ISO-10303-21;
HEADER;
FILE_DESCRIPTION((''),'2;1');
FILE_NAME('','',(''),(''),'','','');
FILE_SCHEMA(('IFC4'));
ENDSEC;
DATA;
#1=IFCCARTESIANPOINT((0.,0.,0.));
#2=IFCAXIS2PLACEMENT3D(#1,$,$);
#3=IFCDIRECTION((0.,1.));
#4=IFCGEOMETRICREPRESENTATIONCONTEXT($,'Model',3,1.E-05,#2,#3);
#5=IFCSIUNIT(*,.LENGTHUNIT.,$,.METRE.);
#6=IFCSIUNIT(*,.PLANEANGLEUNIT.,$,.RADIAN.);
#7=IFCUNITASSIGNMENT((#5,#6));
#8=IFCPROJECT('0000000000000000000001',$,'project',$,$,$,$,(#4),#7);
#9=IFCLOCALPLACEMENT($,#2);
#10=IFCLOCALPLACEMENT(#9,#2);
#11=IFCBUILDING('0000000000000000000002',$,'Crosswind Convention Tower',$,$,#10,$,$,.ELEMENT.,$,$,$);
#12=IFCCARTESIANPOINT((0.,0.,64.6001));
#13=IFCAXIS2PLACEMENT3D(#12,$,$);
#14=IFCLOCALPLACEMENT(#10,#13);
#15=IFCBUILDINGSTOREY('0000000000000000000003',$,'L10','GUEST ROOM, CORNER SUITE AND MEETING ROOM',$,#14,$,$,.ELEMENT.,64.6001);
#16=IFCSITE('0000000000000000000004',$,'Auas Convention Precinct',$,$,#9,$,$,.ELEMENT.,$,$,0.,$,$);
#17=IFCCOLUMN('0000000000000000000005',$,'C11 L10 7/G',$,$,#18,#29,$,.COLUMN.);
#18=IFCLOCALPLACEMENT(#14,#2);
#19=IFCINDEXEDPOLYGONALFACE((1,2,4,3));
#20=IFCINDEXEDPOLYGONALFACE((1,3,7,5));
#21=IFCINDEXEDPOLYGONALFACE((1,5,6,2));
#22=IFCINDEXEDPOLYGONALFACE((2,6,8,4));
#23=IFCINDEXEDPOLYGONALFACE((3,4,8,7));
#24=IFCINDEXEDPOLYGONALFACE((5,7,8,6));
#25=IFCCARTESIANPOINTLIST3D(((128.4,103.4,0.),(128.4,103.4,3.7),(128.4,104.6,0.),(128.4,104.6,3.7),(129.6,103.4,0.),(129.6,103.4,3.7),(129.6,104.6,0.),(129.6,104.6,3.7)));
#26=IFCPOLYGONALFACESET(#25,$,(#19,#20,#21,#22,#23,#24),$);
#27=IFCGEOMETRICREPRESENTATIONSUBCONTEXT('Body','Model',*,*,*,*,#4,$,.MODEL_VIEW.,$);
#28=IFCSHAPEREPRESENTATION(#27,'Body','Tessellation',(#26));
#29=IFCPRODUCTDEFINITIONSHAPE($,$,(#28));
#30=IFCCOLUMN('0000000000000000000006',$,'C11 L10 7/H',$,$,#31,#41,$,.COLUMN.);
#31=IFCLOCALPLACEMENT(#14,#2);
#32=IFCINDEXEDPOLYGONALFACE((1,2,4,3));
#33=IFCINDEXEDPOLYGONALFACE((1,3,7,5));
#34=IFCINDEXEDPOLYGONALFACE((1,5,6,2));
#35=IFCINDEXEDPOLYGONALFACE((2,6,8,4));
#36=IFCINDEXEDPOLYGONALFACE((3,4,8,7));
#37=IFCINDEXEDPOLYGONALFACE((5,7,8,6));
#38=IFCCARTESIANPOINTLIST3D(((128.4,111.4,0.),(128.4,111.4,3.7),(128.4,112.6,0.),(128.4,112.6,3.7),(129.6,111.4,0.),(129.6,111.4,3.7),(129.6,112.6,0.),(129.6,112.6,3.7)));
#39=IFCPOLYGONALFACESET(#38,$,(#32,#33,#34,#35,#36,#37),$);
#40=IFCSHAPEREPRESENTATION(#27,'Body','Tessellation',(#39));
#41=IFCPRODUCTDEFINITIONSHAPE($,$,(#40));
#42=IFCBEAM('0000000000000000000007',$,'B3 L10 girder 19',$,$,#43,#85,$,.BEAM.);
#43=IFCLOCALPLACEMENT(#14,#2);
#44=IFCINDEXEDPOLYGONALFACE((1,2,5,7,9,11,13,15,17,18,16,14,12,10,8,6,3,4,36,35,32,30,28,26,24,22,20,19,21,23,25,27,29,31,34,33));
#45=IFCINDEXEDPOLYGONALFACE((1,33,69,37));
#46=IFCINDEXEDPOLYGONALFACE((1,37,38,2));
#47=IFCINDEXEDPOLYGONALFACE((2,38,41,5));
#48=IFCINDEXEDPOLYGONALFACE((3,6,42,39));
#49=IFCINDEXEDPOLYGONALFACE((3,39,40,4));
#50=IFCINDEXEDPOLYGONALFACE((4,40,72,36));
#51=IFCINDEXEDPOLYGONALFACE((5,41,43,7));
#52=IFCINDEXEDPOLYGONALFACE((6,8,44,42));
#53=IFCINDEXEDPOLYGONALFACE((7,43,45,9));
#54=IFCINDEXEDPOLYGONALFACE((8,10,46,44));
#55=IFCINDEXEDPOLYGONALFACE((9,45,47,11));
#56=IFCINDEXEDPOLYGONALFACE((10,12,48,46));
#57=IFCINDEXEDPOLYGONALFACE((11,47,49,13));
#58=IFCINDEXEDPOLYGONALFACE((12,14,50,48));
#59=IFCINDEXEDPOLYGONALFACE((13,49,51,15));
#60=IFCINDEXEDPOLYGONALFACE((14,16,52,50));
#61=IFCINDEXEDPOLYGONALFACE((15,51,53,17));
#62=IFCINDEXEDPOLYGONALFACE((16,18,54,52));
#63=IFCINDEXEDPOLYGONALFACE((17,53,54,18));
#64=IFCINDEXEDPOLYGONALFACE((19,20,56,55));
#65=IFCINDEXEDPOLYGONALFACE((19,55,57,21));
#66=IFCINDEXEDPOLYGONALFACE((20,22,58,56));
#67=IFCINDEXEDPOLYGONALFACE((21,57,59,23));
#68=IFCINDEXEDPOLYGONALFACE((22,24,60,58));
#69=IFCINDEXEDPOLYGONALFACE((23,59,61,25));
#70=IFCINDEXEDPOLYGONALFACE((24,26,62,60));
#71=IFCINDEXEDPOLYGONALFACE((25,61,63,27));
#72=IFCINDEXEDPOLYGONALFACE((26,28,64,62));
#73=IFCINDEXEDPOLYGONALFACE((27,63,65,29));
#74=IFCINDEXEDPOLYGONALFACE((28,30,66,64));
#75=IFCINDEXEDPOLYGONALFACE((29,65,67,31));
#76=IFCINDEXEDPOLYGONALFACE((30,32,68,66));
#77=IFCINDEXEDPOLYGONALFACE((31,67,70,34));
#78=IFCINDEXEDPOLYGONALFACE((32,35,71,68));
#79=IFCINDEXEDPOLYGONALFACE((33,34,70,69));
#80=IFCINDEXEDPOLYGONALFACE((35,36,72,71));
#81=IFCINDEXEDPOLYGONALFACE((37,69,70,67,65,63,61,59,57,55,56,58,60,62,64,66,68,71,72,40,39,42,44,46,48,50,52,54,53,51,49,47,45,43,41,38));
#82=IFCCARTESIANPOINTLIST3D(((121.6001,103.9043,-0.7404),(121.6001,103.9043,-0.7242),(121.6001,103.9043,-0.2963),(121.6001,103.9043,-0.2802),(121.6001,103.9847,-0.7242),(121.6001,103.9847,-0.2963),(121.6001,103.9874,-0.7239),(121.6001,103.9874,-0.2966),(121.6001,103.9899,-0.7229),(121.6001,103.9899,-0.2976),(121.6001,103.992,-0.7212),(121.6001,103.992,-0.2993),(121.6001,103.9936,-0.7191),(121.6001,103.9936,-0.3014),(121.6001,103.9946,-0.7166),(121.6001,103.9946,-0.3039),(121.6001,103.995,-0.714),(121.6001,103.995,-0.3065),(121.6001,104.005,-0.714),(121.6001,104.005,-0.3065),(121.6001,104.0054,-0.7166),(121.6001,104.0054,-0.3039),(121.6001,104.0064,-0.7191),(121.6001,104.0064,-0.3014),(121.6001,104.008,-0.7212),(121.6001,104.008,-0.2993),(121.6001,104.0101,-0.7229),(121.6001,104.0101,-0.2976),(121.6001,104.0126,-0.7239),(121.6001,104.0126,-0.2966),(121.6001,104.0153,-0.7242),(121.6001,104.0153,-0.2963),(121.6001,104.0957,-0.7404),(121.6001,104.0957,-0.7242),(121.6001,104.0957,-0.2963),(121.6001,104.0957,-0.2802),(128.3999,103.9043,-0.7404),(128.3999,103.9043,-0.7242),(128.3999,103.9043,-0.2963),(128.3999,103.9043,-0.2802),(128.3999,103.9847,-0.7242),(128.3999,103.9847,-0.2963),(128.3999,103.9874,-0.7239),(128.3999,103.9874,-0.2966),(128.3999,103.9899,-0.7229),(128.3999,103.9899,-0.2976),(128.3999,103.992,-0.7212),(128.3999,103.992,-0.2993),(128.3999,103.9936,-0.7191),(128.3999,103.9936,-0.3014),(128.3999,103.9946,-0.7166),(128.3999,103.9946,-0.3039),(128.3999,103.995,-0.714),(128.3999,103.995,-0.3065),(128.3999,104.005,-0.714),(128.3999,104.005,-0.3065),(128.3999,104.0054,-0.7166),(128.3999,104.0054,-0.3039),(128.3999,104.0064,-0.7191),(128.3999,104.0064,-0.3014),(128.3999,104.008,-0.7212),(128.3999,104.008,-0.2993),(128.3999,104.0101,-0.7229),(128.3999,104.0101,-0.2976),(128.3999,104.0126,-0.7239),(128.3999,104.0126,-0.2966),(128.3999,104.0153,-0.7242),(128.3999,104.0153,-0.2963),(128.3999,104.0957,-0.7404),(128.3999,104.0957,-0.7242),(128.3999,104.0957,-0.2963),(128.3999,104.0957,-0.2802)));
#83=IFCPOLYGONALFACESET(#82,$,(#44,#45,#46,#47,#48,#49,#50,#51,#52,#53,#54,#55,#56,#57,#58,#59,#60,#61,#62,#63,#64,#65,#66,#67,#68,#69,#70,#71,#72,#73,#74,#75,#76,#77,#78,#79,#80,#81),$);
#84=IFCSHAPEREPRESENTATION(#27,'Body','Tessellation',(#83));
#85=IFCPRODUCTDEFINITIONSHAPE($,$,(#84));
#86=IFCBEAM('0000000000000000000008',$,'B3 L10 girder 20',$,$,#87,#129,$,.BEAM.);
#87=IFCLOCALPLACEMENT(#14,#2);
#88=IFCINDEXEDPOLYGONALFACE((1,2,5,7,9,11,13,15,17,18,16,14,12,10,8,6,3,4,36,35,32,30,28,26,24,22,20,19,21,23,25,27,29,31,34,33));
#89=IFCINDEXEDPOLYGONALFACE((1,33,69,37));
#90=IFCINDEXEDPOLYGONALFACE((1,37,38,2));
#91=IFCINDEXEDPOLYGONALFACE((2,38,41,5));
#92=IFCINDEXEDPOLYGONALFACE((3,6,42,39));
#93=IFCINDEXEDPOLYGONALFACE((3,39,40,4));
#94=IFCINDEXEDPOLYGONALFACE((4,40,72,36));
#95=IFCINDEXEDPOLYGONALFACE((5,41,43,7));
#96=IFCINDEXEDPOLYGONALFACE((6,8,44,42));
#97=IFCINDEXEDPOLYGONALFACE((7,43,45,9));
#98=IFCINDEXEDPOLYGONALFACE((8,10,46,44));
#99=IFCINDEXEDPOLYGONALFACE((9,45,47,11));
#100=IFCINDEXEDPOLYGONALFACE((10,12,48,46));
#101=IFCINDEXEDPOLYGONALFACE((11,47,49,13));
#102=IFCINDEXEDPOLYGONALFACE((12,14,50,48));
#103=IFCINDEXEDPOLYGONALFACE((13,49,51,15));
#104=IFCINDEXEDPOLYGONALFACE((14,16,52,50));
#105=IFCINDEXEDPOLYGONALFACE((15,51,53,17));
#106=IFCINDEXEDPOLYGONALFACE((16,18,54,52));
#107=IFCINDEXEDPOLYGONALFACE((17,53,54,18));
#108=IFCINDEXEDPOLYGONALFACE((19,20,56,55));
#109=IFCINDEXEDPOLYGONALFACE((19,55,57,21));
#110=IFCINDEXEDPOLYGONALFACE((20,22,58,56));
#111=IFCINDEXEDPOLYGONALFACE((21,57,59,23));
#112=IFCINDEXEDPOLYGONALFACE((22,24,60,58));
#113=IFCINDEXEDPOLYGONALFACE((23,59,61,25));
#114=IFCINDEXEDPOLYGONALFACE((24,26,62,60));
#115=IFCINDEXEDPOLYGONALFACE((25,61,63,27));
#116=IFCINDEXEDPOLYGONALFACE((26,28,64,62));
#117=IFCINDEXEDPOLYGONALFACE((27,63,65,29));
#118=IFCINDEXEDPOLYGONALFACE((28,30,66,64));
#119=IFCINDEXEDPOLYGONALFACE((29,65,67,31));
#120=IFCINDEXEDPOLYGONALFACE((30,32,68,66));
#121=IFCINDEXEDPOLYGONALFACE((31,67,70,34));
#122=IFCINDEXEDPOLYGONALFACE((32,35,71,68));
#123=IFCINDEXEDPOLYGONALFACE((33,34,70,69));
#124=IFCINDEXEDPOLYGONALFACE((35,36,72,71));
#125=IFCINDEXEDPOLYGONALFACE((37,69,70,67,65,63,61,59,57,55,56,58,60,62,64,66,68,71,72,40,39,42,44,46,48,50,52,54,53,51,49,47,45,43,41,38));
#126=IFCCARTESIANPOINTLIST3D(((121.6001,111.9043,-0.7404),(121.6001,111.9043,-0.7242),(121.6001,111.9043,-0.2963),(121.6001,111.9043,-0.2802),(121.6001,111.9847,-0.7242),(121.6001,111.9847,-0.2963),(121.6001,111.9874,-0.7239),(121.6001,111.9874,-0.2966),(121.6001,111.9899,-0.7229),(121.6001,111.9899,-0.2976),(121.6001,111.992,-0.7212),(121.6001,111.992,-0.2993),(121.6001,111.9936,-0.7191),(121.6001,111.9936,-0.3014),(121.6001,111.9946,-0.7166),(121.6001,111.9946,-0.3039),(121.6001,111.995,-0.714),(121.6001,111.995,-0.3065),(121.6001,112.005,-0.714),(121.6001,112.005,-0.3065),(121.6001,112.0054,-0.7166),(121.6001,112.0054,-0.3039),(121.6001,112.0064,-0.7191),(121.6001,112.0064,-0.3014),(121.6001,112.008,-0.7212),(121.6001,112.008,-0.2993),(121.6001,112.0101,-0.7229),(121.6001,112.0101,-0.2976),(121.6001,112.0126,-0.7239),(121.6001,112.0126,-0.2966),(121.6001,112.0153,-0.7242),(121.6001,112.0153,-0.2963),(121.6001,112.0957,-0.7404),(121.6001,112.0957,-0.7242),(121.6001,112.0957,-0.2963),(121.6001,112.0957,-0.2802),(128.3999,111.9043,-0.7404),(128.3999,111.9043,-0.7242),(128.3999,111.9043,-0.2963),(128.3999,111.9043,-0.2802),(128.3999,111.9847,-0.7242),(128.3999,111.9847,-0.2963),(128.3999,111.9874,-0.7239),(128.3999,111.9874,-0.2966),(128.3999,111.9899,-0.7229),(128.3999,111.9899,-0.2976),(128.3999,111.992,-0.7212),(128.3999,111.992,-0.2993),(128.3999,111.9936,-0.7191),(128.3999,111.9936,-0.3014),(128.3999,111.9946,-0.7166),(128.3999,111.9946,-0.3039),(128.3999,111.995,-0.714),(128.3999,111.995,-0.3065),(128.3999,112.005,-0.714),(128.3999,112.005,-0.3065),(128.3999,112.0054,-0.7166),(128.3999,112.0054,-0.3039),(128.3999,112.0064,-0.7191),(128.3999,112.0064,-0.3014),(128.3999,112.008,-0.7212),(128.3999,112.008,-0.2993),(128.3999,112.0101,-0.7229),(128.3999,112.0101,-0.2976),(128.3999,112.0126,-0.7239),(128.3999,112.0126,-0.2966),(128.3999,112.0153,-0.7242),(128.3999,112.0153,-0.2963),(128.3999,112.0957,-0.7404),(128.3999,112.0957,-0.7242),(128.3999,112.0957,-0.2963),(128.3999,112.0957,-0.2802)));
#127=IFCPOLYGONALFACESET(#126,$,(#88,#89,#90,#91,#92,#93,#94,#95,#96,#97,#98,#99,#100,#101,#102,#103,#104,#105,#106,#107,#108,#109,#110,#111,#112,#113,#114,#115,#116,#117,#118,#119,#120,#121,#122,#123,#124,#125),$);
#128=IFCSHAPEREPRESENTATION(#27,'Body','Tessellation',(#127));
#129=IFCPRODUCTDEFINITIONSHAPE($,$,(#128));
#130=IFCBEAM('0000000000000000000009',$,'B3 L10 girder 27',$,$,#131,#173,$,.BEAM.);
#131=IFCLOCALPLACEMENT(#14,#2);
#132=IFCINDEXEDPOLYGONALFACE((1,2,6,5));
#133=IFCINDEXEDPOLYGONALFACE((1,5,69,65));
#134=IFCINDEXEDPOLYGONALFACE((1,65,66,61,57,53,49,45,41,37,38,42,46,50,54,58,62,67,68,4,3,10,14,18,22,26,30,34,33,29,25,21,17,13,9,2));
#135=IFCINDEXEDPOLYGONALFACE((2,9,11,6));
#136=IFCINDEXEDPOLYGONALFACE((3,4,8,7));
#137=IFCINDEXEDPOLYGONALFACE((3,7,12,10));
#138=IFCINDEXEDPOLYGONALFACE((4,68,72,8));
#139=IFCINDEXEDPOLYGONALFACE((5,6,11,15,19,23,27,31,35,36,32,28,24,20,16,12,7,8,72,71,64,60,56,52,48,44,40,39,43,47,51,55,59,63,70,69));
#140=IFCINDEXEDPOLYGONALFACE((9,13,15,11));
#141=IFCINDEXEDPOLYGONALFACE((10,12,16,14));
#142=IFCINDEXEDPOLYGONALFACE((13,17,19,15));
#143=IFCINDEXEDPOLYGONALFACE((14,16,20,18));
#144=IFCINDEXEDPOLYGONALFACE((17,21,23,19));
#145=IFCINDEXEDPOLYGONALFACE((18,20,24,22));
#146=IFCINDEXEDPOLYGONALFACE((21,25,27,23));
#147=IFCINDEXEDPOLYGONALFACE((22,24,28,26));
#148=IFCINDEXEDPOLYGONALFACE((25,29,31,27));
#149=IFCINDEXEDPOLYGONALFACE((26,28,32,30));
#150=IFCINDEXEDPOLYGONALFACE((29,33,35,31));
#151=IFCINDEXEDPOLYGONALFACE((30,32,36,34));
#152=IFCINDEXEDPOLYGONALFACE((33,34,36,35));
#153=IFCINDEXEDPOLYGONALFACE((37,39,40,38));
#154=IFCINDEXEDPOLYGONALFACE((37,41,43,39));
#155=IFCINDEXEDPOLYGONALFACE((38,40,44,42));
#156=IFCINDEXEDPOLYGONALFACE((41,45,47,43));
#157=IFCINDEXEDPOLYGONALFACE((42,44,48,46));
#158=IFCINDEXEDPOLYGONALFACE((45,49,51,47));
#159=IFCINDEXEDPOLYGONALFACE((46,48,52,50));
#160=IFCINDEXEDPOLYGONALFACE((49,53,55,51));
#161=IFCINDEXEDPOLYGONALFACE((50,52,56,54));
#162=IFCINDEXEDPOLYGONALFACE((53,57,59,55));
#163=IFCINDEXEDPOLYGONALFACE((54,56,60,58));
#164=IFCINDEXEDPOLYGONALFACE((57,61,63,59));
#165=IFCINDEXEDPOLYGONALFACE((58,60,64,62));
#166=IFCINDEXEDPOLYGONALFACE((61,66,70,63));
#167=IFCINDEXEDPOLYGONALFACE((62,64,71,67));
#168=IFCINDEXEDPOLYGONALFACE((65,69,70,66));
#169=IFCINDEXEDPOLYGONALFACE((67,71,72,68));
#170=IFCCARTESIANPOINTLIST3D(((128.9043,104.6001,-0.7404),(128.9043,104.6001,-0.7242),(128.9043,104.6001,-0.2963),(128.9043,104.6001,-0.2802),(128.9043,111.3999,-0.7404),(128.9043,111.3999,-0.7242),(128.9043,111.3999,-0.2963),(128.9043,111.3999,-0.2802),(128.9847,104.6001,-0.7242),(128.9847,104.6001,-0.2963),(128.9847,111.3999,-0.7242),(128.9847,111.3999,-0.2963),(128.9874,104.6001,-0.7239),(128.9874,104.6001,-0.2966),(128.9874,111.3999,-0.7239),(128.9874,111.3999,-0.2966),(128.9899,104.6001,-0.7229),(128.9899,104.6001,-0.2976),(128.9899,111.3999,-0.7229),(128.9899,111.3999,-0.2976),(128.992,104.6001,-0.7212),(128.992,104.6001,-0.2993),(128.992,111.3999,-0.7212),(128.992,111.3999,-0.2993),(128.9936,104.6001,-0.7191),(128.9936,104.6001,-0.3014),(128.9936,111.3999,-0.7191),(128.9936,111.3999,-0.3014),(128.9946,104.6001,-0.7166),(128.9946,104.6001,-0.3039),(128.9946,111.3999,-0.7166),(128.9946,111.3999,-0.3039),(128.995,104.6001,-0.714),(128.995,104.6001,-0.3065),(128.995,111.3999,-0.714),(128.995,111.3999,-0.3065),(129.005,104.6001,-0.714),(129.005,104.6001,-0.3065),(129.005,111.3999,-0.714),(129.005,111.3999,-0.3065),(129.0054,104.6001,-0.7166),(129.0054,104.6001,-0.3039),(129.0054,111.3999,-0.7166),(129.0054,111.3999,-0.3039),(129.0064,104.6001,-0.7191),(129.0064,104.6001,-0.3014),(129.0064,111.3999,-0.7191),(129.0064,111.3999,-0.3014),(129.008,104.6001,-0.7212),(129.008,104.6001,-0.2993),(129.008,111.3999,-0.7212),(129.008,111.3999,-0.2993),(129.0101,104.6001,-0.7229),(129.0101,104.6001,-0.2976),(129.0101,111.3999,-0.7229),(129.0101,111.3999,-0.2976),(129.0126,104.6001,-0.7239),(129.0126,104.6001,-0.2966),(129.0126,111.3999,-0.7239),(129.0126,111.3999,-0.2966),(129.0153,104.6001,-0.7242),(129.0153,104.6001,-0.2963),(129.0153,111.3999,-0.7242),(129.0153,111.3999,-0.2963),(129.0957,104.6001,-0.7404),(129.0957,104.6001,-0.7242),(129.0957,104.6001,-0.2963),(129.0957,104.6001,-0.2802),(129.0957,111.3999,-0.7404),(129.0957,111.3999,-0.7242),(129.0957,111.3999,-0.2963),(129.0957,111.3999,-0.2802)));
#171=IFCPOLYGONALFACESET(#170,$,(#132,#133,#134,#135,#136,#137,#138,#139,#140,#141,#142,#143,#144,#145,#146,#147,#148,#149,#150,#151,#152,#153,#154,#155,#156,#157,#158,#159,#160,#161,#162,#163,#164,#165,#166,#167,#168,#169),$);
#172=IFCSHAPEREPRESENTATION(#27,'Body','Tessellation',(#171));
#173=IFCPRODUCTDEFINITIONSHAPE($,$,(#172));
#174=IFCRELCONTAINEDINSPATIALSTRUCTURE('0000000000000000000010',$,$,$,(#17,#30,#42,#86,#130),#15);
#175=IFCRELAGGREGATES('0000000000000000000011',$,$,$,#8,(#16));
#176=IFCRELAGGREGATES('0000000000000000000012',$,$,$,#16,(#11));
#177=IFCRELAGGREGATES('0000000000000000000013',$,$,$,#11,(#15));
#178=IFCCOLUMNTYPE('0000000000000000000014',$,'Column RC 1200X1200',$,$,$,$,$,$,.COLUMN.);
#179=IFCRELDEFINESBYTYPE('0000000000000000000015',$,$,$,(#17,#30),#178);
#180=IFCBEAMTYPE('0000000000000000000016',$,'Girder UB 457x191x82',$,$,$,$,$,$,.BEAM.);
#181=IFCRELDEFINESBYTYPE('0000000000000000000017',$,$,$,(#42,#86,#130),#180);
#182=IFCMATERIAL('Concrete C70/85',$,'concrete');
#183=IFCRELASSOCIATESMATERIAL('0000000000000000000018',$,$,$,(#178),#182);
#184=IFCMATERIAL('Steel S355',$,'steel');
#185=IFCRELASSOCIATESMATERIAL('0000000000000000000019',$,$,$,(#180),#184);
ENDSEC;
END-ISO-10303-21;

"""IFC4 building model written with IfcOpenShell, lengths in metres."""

from ifc_helpers import new_model, si_unit, direction, frame, origin, origin_2d, place, context, subcontext, project, spatial, rectangle, i_section, extrude, material, material_profile, profile_set, type_object, element, save


model = new_model("IFC4")

# Units and contexts
model_context = context("Model", 3, precision=1e-05, world=origin(), true_north=direction((0.0, 1.0)))
body_context = subcontext(model_context, "Body", "Model", "MODEL_VIEW")
ifc_project = project(units=[si_unit("LENGTHUNIT", "METRE"), si_unit("PLANEANGLEUNIT", "RADIAN")], contexts=[model_context])

# Site, building, storey
site_placement = place(None, origin())
site = spatial("IfcSite", under=ifc_project, at=site_placement, Name="Auas Convention Precinct", CompositionType="ELEMENT", RefElevation=0.0)
building_placement = place(site_placement, origin())
building = spatial("IfcBuilding", under=site, at=building_placement, Name="Crosswind Convention Tower", CompositionType="ELEMENT")
storey_placement = place(building_placement, frame((0.0, 0.0, 64.6001)))
storey = spatial("IfcBuildingStorey", under=building, at=storey_placement, Name="L10", Description="GUEST ROOM, CORNER SUITE AND MEETING ROOM", CompositionType="ELEMENT", Elevation=64.6001)

# Columns
ifc_material_1 = material(Name="Concrete C70/85", Category="concrete")
ifc_material_profile_1 = material_profile(ifc_material_1, rectangle(XDim=1.2, YDim=1.2, at=origin_2d()), Name="RC 1200X1200")
ifc_profile_set_1 = profile_set([ifc_material_profile_1], Name="Concrete C70/85")
column_type = type_object("IfcColumnType", Name="Column RC 1200X1200", PredefinedType="COLUMN", material=ifc_profile_set_1)
for number, where, z_axis, x_axis, name in (
    (1, (129.0, 104.0, 0.0), (0.0, 0.0, 1.0), (1.0, 0.0, 0.0), "C11 L10 7/G"),
    (2, (129.0, 112.0, 0.0), (0.0, 0.0, 1.0), (1.0, 0.0, 0.0), "C11 L10 7/H"),
):
    element("IfcColumn", number, at=place(storey_placement, frame(where, z_axis=z_axis, x_axis=x_axis)), inside=storey, type_object=column_type, Name=name, PredefinedType="COLUMN", context=body_context, shape_type="SweptSolid", body=[
        extrude(rectangle(XDim=1.2, YDim=1.2, at=origin_2d()), origin(), (0.0, 0.0, 1.0), 3.7),
    ])

# Beams
ifc_material_2 = material(Name="Steel S355", Category="steel")
ifc_material_profile_2 = material_profile(ifc_material_2, i_section(OverallWidth=0.1914, OverallDepth=0.4602, WebThickness=0.01, FlangeThickness=0.0161, FilletRadius=0.0103, at=origin_2d()), Name="UB 457x191x82")
ifc_profile_set_2 = profile_set([ifc_material_profile_2], Name="Steel S355")
beam_type_1 = type_object("IfcBeamType", Name="Girder UB 457x191x82", PredefinedType="BEAM", material=ifc_profile_set_2)
for number, where, z_axis, x_axis, name in (
    (3, (121.6001, 104.0, -0.5103), (1.0, 0.0, 0.0), (0.0, 1.0, 0.0), "B3 L10 girder 19"),
    (4, (121.6001, 112.0, -0.5103), (1.0, 0.0, 0.0), (0.0, 1.0, 0.0), "B3 L10 girder 20"),
    (5, (129.0, 104.6001, -0.5103), (0.0, 1.0, 0.0), (-1.0, 0.0, 0.0), "B3 L10 girder 27"),
):
    element("IfcBeam", number, at=place(storey_placement, frame(where, z_axis=z_axis, x_axis=x_axis)), inside=storey, type_object=beam_type_1, Name=name, PredefinedType="BEAM", context=body_context, shape_type="SweptSolid", body=[
        extrude(i_section(OverallWidth=0.1914, OverallDepth=0.4602, WebThickness=0.01, FlangeThickness=0.0161, FilletRadius=0.0103, at=origin_2d()), origin(), (0.0, 0.0, 1.0), 6.7998),
    ])

save(model, "model.ifc")
